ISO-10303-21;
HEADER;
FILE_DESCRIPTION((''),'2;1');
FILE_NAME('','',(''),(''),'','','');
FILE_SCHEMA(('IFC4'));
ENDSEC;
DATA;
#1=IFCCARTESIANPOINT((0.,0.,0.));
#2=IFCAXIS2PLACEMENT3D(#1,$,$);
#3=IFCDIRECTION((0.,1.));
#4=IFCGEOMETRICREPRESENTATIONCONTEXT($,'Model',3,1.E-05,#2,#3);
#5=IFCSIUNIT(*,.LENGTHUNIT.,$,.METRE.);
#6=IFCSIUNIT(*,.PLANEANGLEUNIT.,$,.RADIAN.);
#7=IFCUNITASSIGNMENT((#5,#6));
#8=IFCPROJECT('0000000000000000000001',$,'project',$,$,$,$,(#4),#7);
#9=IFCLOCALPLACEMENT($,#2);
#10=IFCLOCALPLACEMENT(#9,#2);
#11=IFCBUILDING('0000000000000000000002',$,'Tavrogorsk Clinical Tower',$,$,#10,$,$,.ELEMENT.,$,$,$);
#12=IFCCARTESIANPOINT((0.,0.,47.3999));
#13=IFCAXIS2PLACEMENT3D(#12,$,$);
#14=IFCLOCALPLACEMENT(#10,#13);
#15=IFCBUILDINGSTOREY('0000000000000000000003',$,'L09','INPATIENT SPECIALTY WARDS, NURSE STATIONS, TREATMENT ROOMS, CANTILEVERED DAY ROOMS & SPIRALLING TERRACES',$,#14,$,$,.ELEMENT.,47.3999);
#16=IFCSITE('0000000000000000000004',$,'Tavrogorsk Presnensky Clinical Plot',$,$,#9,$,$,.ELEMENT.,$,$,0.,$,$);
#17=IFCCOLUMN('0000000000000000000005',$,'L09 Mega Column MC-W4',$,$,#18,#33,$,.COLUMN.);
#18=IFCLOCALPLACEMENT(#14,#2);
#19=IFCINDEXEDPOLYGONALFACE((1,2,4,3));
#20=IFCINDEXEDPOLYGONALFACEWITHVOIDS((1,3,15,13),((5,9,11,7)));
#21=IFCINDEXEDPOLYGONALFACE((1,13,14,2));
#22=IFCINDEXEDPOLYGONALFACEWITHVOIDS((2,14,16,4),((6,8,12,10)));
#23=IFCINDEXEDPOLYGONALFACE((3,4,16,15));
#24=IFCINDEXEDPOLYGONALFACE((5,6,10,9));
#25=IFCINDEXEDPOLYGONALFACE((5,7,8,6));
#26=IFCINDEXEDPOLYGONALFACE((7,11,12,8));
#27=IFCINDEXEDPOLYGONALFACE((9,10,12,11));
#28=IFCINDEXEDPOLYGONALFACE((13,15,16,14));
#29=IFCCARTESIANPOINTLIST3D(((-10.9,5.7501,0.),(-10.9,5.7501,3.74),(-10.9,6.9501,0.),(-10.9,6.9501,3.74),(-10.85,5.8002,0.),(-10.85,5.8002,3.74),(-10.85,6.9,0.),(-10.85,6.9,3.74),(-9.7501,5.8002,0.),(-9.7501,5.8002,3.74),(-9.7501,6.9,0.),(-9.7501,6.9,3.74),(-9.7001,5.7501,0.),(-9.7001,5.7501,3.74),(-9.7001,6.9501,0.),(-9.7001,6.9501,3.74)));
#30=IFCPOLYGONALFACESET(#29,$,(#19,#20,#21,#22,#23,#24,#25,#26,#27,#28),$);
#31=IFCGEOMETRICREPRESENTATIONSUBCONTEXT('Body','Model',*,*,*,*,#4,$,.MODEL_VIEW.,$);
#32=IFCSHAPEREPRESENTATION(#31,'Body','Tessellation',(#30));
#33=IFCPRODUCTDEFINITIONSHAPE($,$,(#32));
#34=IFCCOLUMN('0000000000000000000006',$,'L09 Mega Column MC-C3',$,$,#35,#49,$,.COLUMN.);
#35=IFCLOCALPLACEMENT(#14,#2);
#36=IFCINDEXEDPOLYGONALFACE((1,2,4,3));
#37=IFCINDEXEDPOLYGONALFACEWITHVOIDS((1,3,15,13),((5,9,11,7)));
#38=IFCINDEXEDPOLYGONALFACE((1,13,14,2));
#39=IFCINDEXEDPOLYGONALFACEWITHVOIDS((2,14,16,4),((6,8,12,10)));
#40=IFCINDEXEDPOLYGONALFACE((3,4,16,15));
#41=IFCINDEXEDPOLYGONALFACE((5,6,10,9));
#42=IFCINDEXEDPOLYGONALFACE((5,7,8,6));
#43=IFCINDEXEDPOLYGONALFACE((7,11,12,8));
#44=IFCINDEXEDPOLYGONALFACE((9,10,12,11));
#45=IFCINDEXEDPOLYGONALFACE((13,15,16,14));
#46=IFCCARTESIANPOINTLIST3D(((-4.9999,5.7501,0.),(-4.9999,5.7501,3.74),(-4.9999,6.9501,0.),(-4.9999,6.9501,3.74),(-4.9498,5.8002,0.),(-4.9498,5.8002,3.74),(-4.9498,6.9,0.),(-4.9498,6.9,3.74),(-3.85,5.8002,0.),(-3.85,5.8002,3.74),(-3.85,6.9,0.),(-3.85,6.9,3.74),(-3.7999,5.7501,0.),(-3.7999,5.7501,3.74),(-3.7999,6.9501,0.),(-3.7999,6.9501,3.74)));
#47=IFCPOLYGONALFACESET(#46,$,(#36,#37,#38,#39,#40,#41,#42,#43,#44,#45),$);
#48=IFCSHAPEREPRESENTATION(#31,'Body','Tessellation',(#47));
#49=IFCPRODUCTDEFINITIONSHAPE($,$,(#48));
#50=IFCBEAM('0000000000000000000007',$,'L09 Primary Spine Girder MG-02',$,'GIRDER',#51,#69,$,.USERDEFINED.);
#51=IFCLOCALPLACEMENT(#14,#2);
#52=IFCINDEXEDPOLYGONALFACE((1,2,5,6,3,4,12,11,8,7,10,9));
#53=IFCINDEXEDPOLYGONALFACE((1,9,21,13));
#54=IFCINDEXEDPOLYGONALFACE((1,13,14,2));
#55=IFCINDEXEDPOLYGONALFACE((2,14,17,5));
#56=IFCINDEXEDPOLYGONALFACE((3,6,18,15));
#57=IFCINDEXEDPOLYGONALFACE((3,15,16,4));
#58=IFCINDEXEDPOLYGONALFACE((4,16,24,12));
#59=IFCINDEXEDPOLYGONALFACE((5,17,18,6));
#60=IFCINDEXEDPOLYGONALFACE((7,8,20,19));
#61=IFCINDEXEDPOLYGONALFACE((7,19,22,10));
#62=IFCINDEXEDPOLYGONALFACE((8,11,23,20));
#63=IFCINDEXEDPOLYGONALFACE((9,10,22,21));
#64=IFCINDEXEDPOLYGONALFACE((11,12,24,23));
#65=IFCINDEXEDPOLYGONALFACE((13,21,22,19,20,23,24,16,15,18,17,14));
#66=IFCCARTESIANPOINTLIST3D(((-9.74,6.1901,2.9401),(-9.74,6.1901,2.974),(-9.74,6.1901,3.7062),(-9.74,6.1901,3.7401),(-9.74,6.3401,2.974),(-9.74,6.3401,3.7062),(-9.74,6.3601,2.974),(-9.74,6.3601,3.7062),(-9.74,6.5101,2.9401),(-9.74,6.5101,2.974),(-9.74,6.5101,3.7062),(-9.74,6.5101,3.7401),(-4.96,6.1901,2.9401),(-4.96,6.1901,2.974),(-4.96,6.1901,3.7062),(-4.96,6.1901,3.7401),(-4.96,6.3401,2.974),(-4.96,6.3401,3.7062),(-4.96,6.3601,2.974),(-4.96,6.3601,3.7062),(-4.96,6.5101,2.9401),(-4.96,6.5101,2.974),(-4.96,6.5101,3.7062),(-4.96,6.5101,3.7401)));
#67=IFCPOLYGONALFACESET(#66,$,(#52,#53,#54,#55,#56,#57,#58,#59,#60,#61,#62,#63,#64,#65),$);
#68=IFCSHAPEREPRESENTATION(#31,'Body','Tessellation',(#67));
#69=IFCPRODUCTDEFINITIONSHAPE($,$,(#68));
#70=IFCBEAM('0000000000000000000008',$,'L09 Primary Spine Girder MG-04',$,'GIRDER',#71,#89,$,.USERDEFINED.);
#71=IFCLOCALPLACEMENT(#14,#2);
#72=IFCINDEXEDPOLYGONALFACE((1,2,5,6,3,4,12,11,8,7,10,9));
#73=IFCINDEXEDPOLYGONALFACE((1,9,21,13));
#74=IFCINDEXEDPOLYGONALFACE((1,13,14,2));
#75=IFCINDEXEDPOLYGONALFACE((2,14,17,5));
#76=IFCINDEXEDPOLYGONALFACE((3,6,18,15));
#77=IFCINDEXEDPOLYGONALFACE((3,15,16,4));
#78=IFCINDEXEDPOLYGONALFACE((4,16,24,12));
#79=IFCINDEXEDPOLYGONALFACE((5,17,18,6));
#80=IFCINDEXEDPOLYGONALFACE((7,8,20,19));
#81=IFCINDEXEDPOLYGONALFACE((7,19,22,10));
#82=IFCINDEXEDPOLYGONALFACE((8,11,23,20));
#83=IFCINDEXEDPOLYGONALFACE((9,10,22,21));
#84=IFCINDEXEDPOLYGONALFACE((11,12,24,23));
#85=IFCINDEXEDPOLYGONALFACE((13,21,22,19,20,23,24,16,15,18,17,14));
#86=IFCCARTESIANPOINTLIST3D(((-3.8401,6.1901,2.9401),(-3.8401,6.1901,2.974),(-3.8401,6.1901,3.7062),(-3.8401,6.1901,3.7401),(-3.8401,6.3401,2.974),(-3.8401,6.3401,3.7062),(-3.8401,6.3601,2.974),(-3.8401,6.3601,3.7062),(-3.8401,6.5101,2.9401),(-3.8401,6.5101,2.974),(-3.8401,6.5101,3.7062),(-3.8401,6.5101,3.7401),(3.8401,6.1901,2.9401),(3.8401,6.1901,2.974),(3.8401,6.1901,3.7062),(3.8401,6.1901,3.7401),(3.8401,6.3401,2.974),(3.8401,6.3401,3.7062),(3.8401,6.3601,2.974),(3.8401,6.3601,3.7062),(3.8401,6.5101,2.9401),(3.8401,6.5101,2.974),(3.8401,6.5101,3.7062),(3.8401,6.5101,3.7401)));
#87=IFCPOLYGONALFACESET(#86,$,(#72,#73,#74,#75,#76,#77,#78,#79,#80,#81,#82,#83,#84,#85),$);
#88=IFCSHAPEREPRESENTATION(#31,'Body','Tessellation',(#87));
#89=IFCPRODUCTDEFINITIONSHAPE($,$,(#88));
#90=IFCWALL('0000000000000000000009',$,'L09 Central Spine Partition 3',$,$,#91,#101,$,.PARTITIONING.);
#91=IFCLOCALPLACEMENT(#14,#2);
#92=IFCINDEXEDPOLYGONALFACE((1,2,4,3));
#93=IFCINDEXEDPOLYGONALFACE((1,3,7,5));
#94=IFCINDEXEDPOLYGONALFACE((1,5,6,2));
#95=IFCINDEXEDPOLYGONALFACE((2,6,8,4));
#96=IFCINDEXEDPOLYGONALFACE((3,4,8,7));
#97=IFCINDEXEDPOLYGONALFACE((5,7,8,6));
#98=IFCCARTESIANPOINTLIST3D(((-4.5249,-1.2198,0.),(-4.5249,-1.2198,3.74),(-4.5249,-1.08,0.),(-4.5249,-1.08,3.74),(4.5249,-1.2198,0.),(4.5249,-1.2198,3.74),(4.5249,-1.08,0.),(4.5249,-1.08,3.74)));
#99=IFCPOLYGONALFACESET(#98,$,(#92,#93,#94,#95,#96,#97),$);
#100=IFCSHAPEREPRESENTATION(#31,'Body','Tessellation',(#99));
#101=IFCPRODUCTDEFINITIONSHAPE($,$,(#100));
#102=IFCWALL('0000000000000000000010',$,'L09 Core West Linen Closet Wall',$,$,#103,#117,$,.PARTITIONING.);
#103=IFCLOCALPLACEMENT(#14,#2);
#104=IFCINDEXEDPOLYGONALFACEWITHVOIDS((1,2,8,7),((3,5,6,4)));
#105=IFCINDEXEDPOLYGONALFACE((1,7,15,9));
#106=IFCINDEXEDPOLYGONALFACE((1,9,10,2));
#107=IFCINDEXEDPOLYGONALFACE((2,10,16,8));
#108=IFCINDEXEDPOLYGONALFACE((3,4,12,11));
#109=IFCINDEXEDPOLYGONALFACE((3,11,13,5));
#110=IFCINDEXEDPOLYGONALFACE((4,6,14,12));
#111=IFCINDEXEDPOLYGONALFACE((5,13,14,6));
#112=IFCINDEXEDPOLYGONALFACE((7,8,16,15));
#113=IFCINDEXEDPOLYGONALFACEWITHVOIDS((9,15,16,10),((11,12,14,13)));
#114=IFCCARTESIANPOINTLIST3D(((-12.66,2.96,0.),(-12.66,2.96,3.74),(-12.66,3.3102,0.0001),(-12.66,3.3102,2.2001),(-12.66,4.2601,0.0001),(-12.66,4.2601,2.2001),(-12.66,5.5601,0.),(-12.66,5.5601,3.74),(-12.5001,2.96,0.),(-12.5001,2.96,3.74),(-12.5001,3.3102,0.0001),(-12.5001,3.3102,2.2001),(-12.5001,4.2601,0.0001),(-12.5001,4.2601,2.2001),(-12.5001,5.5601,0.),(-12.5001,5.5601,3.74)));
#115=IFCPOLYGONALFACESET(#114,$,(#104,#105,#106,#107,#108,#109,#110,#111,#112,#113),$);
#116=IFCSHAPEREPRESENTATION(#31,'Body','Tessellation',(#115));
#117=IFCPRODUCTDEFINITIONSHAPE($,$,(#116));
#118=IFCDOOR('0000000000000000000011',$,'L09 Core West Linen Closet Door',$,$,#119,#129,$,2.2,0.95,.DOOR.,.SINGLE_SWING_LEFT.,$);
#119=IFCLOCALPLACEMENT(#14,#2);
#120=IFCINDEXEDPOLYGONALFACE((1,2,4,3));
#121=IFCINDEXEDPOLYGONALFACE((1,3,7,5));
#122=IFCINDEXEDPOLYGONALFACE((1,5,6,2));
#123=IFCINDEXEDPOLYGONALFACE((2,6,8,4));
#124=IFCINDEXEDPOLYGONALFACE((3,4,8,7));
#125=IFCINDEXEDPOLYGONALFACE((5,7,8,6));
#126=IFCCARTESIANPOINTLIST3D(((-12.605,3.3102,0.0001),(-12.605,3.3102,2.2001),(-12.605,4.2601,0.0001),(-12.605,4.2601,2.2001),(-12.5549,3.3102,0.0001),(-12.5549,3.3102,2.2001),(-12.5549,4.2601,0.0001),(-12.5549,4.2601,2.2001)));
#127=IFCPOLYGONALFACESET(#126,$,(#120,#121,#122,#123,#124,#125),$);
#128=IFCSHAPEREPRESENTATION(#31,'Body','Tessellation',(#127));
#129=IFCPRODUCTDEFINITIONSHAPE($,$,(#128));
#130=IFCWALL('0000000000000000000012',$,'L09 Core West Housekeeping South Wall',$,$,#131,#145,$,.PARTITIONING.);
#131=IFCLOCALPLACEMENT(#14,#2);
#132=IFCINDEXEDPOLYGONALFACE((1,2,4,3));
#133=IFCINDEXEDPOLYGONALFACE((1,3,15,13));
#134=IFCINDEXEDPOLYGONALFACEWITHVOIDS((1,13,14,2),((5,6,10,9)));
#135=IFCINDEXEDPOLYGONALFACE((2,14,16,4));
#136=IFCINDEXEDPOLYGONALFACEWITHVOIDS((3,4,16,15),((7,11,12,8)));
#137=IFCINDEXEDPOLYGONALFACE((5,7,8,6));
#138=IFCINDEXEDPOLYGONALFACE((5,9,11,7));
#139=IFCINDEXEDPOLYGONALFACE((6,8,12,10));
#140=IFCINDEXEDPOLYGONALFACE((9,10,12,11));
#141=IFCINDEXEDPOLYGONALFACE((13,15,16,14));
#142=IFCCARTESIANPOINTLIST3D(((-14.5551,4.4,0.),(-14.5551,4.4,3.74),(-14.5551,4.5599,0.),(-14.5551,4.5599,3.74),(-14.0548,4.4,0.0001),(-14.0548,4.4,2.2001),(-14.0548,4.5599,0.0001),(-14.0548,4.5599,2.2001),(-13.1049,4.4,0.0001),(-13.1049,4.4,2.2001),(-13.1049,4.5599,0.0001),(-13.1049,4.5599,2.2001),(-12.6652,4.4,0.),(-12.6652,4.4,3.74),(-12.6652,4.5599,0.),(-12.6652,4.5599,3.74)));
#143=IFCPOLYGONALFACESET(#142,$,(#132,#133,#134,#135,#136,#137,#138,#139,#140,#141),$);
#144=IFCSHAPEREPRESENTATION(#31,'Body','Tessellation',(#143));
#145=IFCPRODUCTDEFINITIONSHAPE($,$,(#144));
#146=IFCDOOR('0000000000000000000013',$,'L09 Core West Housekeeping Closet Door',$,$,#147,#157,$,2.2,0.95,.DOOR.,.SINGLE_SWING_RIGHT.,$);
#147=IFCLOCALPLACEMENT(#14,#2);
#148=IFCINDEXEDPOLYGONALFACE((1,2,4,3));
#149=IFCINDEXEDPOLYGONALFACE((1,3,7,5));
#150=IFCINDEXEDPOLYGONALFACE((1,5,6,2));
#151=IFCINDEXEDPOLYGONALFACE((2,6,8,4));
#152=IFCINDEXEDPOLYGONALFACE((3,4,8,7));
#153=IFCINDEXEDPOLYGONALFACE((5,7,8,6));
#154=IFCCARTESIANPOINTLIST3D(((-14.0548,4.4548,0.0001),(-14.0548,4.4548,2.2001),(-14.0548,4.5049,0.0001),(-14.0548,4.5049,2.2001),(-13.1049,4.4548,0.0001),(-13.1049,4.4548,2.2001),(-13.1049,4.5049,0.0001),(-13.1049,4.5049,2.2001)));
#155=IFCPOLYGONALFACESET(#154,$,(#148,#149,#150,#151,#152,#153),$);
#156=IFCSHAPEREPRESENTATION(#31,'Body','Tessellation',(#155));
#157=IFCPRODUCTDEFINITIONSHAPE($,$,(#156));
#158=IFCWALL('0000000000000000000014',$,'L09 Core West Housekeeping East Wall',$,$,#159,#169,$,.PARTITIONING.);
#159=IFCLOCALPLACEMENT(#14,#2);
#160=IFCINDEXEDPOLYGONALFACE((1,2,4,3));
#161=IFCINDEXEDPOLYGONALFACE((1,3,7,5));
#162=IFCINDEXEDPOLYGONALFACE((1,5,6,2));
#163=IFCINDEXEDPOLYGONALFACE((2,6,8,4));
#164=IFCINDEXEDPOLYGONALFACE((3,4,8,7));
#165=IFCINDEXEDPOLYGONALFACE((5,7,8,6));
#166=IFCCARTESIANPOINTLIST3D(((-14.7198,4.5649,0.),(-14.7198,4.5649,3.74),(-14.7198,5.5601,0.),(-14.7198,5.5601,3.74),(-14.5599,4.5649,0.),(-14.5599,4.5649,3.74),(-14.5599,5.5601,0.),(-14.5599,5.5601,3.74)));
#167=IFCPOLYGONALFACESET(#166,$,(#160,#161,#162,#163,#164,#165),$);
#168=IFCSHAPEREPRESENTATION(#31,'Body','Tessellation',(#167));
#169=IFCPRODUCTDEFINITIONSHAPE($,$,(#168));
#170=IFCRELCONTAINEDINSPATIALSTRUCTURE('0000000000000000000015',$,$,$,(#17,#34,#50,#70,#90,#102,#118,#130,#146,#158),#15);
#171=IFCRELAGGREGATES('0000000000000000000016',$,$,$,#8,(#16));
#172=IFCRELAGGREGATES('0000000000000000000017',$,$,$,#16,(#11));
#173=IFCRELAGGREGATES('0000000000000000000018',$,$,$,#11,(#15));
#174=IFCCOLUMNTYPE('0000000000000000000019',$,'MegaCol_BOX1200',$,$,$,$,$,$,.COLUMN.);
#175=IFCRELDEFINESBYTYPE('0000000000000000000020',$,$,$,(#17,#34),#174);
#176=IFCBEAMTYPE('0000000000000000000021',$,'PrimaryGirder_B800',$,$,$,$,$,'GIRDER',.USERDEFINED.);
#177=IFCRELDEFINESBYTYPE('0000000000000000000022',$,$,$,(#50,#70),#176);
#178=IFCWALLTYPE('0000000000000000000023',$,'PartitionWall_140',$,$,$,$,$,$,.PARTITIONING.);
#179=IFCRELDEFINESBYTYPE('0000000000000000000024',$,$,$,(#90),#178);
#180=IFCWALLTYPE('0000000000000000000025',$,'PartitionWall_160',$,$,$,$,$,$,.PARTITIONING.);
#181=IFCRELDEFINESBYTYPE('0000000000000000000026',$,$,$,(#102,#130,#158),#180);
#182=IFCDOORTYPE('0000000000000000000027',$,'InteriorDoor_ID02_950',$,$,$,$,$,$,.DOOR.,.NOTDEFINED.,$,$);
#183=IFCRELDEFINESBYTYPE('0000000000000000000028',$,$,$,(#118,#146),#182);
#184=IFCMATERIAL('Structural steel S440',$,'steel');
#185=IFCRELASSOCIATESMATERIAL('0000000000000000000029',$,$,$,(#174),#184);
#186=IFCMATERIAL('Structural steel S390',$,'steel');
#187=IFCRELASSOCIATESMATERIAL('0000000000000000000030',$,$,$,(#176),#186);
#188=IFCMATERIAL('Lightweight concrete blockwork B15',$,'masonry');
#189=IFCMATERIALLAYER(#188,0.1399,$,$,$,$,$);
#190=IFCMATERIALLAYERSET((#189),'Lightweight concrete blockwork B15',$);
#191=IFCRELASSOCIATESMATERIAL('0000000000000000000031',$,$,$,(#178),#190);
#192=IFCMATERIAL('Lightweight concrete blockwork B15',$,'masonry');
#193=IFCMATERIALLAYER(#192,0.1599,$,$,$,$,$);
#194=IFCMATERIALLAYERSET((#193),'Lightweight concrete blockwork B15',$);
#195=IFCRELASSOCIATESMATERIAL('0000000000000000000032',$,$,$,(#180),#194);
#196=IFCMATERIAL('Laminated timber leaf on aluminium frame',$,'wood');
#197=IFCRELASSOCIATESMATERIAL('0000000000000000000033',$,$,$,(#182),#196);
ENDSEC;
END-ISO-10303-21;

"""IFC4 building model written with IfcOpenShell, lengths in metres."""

from ifc_helpers import new_model, si_unit, direction, frame, frame_2d, origin, origin_2d, place, context, subcontext, project, spatial, rectangle, hollow_rectangle, i_section, extrude, material, layer, layer_set, material_profile, profile_set, type_object, element, fill, save


model = new_model("IFC4")

# Units and contexts
model_context = context("Model", 3, precision=1e-05, world=origin(), true_north=direction((0.0, 1.0)))
body_context = subcontext(model_context, "Body", "Model", "MODEL_VIEW")
ifc_project = project(units=[si_unit("LENGTHUNIT", "METRE"), si_unit("PLANEANGLEUNIT", "RADIAN")], contexts=[model_context])

# Site, building, storey
site_placement = place(None, origin())
site = spatial("IfcSite", under=ifc_project, at=site_placement, Name="Tavrogorsk Presnensky Clinical Plot", CompositionType="ELEMENT", RefElevation=0.0)
building_placement = place(site_placement, origin())
building = spatial("IfcBuilding", under=site, at=building_placement, Name="Tavrogorsk Clinical Tower", CompositionType="ELEMENT")
storey_placement = place(building_placement, frame((0.0, 0.0, 47.3999)))
storey = spatial("IfcBuildingStorey", under=building, at=storey_placement, Name="L09", Description="INPATIENT SPECIALTY WARDS, NURSE STATIONS, TREATMENT ROOMS, CANTILEVERED DAY ROOMS & SPIRALLING TERRACES", CompositionType="ELEMENT", Elevation=47.3999)

# Columns
ifc_material_1 = material(Name="Structural steel S440", Category="steel")
ifc_material_profile_1 = material_profile(ifc_material_1, hollow_rectangle(XDim=1.2, YDim=1.2, WallThickness=0.05, at=origin_2d()), Name="BOX-1200x1200x50")
ifc_profile_set_1 = profile_set([ifc_material_profile_1], Name="Structural steel S440")
column_type = type_object("IfcColumnType", Name="MegaCol_BOX1200", PredefinedType="COLUMN", material=ifc_profile_set_1)
for number, where, z_axis, x_axis, name in (
    (1, (-10.3, 6.3501, 0.0), (0.0, 0.0, 1.0), (1.0, 0.0, 0.0), "L09 Mega Column MC-W4"),
    (2, (-4.3999, 6.3501, 0.0), (0.0, 0.0, 1.0), (1.0, 0.0, 0.0), "L09 Mega Column MC-C3"),
):
    element("IfcColumn", number, at=place(storey_placement, frame(where, z_axis=z_axis, x_axis=x_axis)), inside=storey, type_object=column_type, Name=name, PredefinedType="COLUMN", context=body_context, shape_type="SweptSolid", body=[
        extrude(hollow_rectangle(XDim=1.2, YDim=1.2, WallThickness=0.05, at=origin_2d()), origin(), (0.0, 0.0, 1.0), 3.74),
    ])

# Beams
ifc_material_2 = material(Name="Structural steel S390", Category="steel")
ifc_material_profile_2 = material_profile(ifc_material_2, i_section(OverallWidth=0.3201, OverallDepth=0.8, WebThickness=0.02, FlangeThickness=0.0339, at=origin_2d()), Name="B-800x320x20x34")
ifc_profile_set_2 = profile_set([ifc_material_profile_2], Name="Structural steel S390")
beam_type = type_object("IfcBeamType", Name="PrimaryGirder_B800", ElementType="GIRDER", PredefinedType="USERDEFINED", material=ifc_profile_set_2)
beam_1_placement = place(storey_placement, frame((-9.74, 6.3501, 3.3401), z_axis=(1.0, 0.0, 0.0), x_axis=(0.0, 1.0, 0.0)))
element("IfcBeam", 3, at=beam_1_placement, inside=storey, type_object=beam_type, Name="L09 Primary Spine Girder MG-02", ObjectType="GIRDER", PredefinedType="USERDEFINED", context=body_context, shape_type="SweptSolid", body=[
    extrude(i_section(OverallWidth=0.3201, OverallDepth=0.8, WebThickness=0.02, FlangeThickness=0.0339, at=origin_2d()), origin(), (0.0, 0.0, 1.0), 4.78),
])
beam_2_placement = place(storey_placement, frame((-3.8401, 6.3501, 3.3401), z_axis=(1.0, 0.0, 0.0), x_axis=(0.0, 1.0, 0.0)))
element("IfcBeam", 4, at=beam_2_placement, inside=storey, type_object=beam_type, Name="L09 Primary Spine Girder MG-04", ObjectType="GIRDER", PredefinedType="USERDEFINED", context=body_context, shape_type="SweptSolid", body=[
    extrude(i_section(OverallWidth=0.3201, OverallDepth=0.8, WebThickness=0.02, FlangeThickness=0.0339, at=origin_2d()), origin(), (0.0, 0.0, 1.0), 7.6802),
])

# Wall
ifc_material_3 = material(Name="Lightweight concrete blockwork B15", Category="masonry")
ifc_layer_1 = layer(ifc_material_3, 0.1399)
ifc_layer_set_1 = layer_set([ifc_layer_1], Name="Lightweight concrete blockwork B15")
wall_type_1 = type_object("IfcWallType", Name="PartitionWall_140", PredefinedType="PARTITIONING", material=ifc_layer_set_1)
wall_1_placement = place(storey_placement, frame((-4.5249, -1.1499, 0.0), z_axis=(0.0, 0.0, 1.0), x_axis=(1.0, 0.0, 0.0)))
element("IfcWall", 5, at=wall_1_placement, inside=storey, type_object=wall_type_1, Name="L09 Central Spine Partition 3", PredefinedType="PARTITIONING", context=body_context, shape_type="SweptSolid", body=[
    extrude(rectangle(XDim=9.0498, YDim=0.1399, at=frame_2d((4.5249, 0.0))), origin(), (0.0, 0.0, 1.0), 3.74),
])

# Walls, openings, doors
ifc_material_4 = material(Name="Lightweight concrete blockwork B15", Category="masonry")
ifc_layer_2 = layer(ifc_material_4, 0.1599)
ifc_layer_set_2 = layer_set([ifc_layer_2], Name="Lightweight concrete blockwork B15")
wall_type_2 = type_object("IfcWallType", Name="PartitionWall_160", PredefinedType="PARTITIONING", material=ifc_layer_set_2)
wall_2_placement = place(storey_placement, frame((-12.5801, 2.96, 0.0), z_axis=(0.0, 0.0, 1.0), x_axis=(0.0, 1.0, 0.0)))
wall_2 = element("IfcWall", 6, at=wall_2_placement, inside=storey, type_object=wall_type_2, Name="L09 Core West Linen Closet Wall", PredefinedType="PARTITIONING", context=body_context, shape_type="SweptSolid", body=[
    extrude(rectangle(XDim=2.6001, YDim=0.1599, at=frame_2d((1.3, 0.0))), origin(), (0.0, 0.0, 1.0), 3.74),
])
opening_1_placement = place(wall_2_placement, frame((0.3501, 0.0, 0.0)))
opening_1 = element("IfcOpeningElement", 7, at=opening_1_placement, cuts=wall_2, PredefinedType="OPENING", context=body_context, shape_type="SweptSolid", body=[
    extrude(rectangle(XDim=0.95, YDim=2.2, at=frame_2d((0.4751, 1.1001))), frame((0.0, 0.0898, 0.0), z_axis=(0.0, -1.0, 0.0), x_axis=(1.0, 0.0, 0.0)), (0.0, 0.0, 1.0), 0.1799),
])
ifc_material_5 = material(Name="Laminated timber leaf on aluminium frame", Category="wood")
door_type_1 = type_object("IfcDoorType", Name="InteriorDoor_ID02_950", OperationType="NOTDEFINED", PredefinedType="DOOR", material=ifc_material_5)
door_1_placement = place(opening_1_placement, origin())
door_1 = element("IfcDoor", 8, at=door_1_placement, inside=storey, type_object=door_type_1, Name="L09 Core West Linen Closet Door", OperationType="SINGLE_SWING_LEFT", OverallHeight=2.2, OverallWidth=0.95, PredefinedType="DOOR", context=body_context, shape_type="SweptSolid", body=[
    extrude(rectangle(XDim=0.95, YDim=2.2, at=frame_2d((0.4751, 1.1001))), frame((0.0, 0.0249, 0.0), z_axis=(0.0, -1.0, 0.0), x_axis=(1.0, 0.0, 0.0)), (0.0, 0.0, 1.0), 0.05),
])
fill(opening_1, door_1)
wall_3_placement = place(storey_placement, frame((-14.5549, 4.48, 0.0), z_axis=(0.0, 0.0, 1.0), x_axis=(1.0, 0.0, 0.0)))
wall_3 = element("IfcWall", 9, at=wall_3_placement, inside=storey, type_object=wall_type_2, Name="L09 Core West Housekeeping South Wall", PredefinedType="PARTITIONING", context=body_context, shape_type="SweptSolid", body=[
    extrude(rectangle(XDim=1.8899, YDim=0.1599, at=frame_2d((0.9448, 0.0))), origin(), (0.0, 0.0, 1.0), 3.74),
])
opening_2_placement = place(wall_3_placement, frame((0.5, 0.0, 0.0)))
opening_2 = element("IfcOpeningElement", 10, at=opening_2_placement, cuts=wall_3, PredefinedType="OPENING", context=body_context, shape_type="SweptSolid", body=[
    extrude(rectangle(XDim=0.95, YDim=2.2, at=frame_2d((0.4751, 1.1001))), frame((0.0, 0.0898, 0.0), z_axis=(0.0, -1.0, 0.0), x_axis=(1.0, 0.0, 0.0)), (0.0, 0.0, 1.0), 0.1799),
])
door_2_placement = place(opening_2_placement, origin())
door_2 = element("IfcDoor", 11, at=door_2_placement, inside=storey, type_object=door_type_1, Name="L09 Core West Housekeeping Closet Door", OperationType="SINGLE_SWING_RIGHT", OverallHeight=2.2, OverallWidth=0.95, PredefinedType="DOOR", context=body_context, shape_type="SweptSolid", body=[
    extrude(rectangle(XDim=0.95, YDim=2.2, at=frame_2d((0.4751, 1.1001))), frame((0.0, 0.0249, 0.0), z_axis=(0.0, -1.0, 0.0), x_axis=(1.0, 0.0, 0.0)), (0.0, 0.0, 1.0), 0.05),
])
fill(opening_2, door_2)

# Wall
wall_4_placement = place(storey_placement, frame((-14.6399, 4.5649, 0.0), z_axis=(0.0, 0.0, 1.0), x_axis=(0.0, 1.0, 0.0)))
element("IfcWall", 12, at=wall_4_placement, inside=storey, type_object=wall_type_2, Name="L09 Core West Housekeeping East Wall", PredefinedType="PARTITIONING", context=body_context, shape_type="SweptSolid", body=[
    extrude(rectangle(XDim=0.9951, YDim=0.1599, at=frame_2d((0.4976, 0.0))), origin(), (0.0, 0.0, 1.0), 3.74),
])

save(model, "model.ifc")
